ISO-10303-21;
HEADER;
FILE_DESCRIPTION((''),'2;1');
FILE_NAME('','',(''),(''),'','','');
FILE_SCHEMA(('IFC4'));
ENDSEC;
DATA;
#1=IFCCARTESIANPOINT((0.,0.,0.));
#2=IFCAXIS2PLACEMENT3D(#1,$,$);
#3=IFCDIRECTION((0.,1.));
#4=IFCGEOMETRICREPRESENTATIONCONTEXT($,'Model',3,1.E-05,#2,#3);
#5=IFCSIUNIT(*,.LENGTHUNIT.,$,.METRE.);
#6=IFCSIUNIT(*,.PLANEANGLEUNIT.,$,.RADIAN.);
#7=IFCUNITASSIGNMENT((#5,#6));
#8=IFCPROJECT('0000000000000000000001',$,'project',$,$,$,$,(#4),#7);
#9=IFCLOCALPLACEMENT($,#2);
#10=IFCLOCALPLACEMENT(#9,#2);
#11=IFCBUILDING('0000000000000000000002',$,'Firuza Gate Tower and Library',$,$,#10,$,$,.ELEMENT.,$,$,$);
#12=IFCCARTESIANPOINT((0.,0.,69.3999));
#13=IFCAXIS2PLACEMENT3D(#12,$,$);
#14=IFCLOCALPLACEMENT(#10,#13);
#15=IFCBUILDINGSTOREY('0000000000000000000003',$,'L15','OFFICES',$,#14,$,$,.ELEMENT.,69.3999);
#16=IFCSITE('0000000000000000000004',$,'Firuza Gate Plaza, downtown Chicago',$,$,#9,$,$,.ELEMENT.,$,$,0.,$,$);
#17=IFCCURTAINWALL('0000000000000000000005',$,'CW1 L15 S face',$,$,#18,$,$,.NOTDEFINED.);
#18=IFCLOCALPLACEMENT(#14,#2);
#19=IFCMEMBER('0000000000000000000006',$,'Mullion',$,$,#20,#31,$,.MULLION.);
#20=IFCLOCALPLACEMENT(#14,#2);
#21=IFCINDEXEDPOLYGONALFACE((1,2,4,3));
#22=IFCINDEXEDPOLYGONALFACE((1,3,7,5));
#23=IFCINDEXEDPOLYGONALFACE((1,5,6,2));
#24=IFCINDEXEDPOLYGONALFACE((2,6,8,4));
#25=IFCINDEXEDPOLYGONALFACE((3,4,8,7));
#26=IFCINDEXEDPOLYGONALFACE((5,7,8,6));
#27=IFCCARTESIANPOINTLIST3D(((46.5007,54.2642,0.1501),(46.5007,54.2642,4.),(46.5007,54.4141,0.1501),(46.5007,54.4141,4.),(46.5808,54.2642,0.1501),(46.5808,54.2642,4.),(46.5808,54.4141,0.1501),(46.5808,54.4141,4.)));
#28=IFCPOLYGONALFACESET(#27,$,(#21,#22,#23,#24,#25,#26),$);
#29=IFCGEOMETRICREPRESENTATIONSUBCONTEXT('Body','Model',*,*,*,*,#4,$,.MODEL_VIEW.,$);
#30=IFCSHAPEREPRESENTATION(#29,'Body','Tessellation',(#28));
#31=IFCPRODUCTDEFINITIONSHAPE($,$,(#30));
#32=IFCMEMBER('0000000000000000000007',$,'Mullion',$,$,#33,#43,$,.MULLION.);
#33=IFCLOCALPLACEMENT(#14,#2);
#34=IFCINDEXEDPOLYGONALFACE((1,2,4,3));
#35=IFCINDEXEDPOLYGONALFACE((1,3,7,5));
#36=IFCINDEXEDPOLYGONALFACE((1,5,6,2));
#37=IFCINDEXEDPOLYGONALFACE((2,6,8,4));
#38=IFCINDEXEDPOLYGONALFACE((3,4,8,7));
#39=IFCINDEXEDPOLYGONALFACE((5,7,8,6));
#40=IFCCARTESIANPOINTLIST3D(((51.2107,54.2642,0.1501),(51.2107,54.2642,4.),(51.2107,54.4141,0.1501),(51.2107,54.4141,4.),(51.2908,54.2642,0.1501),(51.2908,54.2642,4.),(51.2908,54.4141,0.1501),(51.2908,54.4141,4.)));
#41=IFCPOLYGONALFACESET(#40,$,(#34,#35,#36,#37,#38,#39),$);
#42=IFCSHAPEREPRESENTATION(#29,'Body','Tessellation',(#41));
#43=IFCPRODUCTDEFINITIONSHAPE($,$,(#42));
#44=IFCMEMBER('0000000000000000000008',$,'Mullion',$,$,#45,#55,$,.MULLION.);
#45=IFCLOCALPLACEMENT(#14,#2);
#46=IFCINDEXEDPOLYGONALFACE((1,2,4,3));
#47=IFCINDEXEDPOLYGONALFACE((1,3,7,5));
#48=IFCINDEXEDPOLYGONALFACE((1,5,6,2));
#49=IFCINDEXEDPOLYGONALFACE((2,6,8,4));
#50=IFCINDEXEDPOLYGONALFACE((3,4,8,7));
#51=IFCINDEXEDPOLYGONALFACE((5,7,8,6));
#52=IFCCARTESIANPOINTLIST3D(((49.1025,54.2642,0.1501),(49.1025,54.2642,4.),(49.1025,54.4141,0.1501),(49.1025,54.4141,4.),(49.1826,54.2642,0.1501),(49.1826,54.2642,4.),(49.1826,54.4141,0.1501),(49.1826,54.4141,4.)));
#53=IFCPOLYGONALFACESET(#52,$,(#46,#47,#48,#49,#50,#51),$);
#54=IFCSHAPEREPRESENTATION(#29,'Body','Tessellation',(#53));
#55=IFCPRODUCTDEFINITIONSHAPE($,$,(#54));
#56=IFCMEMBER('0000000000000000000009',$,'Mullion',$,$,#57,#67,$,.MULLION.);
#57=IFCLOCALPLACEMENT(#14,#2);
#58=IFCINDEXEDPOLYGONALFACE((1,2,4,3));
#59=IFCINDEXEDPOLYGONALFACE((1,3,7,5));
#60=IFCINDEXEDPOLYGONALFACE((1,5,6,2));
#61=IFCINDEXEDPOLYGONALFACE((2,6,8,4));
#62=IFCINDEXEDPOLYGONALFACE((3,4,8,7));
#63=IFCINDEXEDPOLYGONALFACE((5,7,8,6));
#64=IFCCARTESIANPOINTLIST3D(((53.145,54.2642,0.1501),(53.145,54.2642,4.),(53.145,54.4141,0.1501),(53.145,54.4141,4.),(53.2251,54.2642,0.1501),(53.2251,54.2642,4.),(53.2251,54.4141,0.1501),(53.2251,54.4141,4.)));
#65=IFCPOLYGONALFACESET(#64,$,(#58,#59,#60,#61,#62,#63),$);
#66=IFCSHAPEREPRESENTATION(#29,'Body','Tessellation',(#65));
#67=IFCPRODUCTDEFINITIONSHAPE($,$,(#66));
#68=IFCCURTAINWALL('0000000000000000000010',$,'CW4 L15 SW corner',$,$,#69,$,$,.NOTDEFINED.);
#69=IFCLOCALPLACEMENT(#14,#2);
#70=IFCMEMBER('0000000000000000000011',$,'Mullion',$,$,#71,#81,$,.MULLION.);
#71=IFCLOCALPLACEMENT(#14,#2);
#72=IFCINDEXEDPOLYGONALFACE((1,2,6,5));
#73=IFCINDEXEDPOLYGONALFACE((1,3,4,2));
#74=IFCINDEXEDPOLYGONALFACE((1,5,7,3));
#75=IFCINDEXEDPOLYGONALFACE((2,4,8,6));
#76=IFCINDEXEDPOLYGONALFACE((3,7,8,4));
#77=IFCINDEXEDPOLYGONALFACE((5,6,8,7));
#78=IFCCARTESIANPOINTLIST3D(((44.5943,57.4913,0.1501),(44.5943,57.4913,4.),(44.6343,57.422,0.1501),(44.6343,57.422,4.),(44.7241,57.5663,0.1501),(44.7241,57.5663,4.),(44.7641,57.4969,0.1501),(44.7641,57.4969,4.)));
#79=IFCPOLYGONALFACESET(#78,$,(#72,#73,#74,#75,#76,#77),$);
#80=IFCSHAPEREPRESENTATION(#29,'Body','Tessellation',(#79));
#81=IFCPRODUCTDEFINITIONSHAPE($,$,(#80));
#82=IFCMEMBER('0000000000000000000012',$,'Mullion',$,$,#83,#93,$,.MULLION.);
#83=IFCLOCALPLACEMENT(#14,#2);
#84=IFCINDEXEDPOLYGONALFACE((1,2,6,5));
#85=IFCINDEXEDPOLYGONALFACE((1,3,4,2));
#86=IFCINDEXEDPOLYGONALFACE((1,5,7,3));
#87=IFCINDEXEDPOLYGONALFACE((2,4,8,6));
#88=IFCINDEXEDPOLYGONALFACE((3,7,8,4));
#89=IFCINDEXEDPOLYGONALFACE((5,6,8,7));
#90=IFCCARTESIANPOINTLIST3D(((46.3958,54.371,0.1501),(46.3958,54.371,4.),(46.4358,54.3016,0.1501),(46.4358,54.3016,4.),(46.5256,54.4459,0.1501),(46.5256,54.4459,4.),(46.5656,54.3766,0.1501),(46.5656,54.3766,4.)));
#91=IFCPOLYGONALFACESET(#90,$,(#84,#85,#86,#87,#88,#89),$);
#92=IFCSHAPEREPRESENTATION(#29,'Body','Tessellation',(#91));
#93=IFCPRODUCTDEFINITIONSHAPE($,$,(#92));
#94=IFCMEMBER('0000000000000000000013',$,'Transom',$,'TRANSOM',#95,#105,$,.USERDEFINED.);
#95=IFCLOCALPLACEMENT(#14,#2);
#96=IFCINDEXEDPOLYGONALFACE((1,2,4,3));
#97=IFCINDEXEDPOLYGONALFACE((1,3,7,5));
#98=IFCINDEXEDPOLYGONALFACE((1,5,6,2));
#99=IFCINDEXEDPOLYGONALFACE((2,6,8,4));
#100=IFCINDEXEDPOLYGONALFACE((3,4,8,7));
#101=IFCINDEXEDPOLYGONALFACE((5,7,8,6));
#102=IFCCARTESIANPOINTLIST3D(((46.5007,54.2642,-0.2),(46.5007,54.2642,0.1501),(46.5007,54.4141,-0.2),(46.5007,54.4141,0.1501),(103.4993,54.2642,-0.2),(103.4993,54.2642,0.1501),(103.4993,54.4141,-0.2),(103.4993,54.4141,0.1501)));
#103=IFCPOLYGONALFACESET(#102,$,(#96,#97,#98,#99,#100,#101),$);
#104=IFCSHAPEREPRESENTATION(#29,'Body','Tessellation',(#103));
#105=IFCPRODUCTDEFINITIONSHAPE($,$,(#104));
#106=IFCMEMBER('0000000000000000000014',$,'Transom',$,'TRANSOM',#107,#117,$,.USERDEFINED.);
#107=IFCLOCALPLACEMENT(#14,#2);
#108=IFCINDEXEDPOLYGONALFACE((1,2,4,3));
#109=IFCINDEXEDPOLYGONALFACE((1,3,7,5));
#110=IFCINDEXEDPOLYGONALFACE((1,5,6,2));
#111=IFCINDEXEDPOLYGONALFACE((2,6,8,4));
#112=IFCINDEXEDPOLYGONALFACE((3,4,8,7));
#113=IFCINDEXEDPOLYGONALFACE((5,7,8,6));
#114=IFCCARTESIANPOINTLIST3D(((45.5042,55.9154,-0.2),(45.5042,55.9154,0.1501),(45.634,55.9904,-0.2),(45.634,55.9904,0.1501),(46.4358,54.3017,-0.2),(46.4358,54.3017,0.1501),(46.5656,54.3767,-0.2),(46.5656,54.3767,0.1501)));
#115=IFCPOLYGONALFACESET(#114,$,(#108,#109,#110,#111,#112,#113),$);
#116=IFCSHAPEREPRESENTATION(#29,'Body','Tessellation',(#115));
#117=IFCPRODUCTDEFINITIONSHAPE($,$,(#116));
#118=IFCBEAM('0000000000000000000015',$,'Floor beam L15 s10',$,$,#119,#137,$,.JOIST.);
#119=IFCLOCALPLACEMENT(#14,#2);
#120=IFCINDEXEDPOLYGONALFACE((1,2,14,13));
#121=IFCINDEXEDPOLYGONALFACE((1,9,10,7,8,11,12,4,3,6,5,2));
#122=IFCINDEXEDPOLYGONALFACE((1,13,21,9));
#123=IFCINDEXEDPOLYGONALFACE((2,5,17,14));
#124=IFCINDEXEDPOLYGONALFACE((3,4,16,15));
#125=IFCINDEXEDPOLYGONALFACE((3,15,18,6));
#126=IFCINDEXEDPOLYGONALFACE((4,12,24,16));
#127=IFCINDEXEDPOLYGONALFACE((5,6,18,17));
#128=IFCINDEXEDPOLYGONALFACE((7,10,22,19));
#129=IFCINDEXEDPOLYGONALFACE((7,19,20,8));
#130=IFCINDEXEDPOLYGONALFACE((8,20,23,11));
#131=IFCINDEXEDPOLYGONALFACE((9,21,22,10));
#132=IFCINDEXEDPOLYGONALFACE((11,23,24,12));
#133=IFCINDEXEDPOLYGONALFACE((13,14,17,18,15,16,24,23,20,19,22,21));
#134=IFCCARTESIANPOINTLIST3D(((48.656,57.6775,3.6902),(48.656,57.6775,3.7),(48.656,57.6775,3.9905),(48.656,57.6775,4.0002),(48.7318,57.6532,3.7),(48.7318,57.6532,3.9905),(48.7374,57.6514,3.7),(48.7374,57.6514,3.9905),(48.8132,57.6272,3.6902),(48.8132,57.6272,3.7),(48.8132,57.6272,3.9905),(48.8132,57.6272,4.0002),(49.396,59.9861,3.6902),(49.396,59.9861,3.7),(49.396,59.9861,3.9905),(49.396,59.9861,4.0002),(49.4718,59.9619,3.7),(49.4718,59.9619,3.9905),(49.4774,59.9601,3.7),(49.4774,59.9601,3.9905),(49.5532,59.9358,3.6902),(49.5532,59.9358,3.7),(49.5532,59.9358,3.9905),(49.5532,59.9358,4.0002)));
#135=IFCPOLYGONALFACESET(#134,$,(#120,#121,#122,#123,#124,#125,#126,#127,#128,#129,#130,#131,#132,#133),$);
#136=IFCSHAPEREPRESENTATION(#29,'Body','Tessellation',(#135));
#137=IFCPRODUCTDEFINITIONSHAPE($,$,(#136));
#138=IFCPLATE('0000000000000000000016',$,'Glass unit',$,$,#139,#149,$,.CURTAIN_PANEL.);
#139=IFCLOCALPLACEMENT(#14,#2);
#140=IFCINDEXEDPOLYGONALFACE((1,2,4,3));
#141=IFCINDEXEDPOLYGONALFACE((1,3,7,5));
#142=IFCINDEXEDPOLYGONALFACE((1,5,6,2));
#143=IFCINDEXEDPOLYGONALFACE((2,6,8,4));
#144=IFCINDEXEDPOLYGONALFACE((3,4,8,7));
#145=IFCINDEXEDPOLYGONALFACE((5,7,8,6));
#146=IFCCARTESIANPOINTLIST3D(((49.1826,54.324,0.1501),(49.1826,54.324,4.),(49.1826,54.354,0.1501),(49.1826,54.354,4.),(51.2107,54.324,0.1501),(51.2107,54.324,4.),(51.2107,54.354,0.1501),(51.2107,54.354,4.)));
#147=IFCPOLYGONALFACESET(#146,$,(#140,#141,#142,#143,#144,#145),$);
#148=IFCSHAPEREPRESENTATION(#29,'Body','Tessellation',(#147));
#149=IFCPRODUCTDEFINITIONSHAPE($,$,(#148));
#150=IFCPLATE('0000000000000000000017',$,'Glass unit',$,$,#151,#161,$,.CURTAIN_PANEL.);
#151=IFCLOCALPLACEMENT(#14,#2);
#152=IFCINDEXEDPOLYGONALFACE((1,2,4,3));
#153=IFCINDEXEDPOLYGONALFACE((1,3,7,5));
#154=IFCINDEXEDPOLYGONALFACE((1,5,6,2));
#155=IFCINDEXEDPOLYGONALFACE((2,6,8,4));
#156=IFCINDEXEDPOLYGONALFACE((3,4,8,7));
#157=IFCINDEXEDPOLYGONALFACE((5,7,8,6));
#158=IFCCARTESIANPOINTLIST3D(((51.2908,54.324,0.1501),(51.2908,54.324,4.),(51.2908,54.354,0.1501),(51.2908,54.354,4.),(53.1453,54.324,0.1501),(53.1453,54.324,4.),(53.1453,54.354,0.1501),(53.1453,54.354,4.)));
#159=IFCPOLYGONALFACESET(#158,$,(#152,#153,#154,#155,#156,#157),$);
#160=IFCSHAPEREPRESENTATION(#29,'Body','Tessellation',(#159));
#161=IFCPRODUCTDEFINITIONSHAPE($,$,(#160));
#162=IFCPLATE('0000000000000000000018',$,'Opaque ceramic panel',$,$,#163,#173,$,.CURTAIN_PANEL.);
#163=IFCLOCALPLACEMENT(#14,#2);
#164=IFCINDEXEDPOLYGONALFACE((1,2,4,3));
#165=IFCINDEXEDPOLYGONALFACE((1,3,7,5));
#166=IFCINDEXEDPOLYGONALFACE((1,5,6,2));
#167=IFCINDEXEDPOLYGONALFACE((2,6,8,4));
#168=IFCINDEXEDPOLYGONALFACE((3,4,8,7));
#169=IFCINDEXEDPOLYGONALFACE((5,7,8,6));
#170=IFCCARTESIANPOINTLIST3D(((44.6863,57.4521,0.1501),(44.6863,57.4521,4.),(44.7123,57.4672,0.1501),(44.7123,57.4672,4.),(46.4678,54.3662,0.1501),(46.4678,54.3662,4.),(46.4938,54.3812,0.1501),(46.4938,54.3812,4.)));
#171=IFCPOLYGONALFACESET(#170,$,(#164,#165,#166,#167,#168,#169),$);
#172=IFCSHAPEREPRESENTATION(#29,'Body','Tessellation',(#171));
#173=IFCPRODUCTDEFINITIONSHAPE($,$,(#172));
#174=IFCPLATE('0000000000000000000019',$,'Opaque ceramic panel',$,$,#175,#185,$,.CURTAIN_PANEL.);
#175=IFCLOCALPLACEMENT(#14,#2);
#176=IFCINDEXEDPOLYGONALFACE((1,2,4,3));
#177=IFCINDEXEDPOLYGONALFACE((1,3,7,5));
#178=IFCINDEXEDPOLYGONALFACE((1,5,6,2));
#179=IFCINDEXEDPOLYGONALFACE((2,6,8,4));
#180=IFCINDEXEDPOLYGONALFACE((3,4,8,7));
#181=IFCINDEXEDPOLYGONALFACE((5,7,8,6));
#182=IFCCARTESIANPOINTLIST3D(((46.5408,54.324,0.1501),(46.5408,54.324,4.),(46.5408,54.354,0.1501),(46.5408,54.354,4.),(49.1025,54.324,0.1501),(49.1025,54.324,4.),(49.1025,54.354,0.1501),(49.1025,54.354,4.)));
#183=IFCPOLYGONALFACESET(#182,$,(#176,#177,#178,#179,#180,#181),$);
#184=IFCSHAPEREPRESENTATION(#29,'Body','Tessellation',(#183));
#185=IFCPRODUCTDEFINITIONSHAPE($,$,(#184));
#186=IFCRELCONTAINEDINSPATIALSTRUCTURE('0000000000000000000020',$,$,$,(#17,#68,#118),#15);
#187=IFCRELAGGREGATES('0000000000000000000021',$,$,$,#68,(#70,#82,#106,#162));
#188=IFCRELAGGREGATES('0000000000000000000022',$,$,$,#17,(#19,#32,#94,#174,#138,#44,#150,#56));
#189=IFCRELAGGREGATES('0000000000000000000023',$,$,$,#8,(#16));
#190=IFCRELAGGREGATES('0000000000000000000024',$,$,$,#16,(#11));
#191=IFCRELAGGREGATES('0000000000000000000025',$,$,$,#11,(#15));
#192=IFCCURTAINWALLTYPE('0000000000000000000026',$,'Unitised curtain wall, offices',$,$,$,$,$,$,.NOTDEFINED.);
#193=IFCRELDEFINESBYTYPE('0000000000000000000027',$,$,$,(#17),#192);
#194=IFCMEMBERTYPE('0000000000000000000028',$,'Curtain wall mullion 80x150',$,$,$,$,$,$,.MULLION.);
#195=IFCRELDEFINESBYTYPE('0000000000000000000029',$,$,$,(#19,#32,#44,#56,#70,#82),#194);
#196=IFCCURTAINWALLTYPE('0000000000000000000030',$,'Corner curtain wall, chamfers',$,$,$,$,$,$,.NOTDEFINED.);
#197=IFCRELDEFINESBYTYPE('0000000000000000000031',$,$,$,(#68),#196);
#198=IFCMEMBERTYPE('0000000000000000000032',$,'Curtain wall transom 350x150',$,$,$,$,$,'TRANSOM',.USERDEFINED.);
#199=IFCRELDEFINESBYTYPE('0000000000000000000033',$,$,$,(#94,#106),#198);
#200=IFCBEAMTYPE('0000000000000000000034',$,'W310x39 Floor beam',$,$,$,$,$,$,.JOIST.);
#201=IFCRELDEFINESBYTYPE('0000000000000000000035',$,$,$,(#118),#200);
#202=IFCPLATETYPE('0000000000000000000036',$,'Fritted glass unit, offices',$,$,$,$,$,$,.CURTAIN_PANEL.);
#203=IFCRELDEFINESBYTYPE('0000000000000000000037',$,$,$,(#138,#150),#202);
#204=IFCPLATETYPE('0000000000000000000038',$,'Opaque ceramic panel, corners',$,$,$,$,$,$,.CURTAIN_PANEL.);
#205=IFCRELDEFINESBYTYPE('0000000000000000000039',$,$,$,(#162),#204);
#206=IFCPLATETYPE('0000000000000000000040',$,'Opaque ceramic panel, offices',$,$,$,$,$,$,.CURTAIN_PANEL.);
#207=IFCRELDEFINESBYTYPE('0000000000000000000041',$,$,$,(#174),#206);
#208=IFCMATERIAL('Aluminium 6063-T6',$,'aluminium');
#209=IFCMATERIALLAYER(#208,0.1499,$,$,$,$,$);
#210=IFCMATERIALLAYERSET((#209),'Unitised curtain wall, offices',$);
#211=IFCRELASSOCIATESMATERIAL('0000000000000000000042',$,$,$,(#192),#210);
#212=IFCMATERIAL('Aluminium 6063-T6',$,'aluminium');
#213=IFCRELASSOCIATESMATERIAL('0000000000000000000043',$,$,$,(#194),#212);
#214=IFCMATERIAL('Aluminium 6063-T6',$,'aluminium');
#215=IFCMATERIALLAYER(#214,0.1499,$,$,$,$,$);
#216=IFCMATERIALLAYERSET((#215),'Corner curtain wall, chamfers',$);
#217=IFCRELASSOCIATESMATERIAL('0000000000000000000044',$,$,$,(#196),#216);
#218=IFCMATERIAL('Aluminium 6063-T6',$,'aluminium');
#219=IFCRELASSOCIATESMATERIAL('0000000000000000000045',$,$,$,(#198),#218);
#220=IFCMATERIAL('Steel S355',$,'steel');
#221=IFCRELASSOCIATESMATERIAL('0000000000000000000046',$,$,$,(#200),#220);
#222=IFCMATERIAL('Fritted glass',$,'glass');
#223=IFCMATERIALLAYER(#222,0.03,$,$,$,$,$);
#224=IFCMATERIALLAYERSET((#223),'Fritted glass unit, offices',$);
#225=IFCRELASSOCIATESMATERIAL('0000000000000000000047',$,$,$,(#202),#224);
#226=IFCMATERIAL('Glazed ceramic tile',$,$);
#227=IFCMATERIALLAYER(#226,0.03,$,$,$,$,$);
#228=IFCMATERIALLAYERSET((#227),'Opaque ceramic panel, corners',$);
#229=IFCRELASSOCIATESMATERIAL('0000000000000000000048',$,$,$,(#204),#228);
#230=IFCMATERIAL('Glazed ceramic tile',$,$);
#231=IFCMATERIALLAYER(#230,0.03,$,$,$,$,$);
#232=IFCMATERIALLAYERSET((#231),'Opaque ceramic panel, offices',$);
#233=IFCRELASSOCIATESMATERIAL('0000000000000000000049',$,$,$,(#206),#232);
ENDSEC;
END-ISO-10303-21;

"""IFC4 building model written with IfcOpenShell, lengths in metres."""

from ifc_helpers import new_model, si_unit, direction, frame, origin, origin_2d, place, context, subcontext, project, spatial, polyline, rectangle, i_section, outline, extrude, material, layer, layer_set, material_profile, profile_set, type_object, element, aggregate, save


model = new_model("IFC4")

# Units and contexts
model_context = context("Model", 3, precision=1e-05, world=origin(), true_north=direction((0.0, 1.0)))
body_context = subcontext(model_context, "Body", "Model", "MODEL_VIEW")
ifc_project = project(units=[si_unit("LENGTHUNIT", "METRE"), si_unit("PLANEANGLEUNIT", "RADIAN")], contexts=[model_context])

# Site, building, storey
site_placement = place(None, origin())
site = spatial("IfcSite", under=ifc_project, at=site_placement, Name="Firuza Gate Plaza, downtown Chicago", CompositionType="ELEMENT", RefElevation=0.0)
building_placement = place(site_placement, origin())
building = spatial("IfcBuilding", under=site, at=building_placement, Name="Firuza Gate Tower and Library", CompositionType="ELEMENT")
storey_placement = place(building_placement, frame((0.0, 0.0, 69.3999)))
storey = spatial("IfcBuildingStorey", under=building, at=storey_placement, Name="L15", Description="OFFICES", CompositionType="ELEMENT", Elevation=69.3999)

# Curtain walls, members
ifc_material_1 = material(Name="Aluminium 6063-T6", Category="aluminium")
ifc_layer_1 = layer(ifc_material_1, 0.1499)
ifc_layer_set_1 = layer_set([ifc_layer_1], Name="Unitised curtain wall, offices")
curtain_wall_type_1 = type_object("IfcCurtainWallType", Name="Unitised curtain wall, offices", PredefinedType="NOTDEFINED", material=ifc_layer_set_1)
placement_1 = place(storey_placement, origin())
curtain_wall_1 = element("IfcCurtainWall", 1, at=placement_1, inside=storey, type_object=curtain_wall_type_1, Name="CW1 L15 S face", PredefinedType="NOTDEFINED")
ifc_material_2 = material(Name="Aluminium 6063-T6", Category="aluminium")
ifc_material_profile_1 = material_profile(ifc_material_2, rectangle(XDim=0.1499, YDim=0.0801, at=origin_2d()))
ifc_profile_set_1 = profile_set([ifc_material_profile_1], Name="Aluminium 6063-T6")
member_type_1 = type_object("IfcMemberType", Name="Curtain wall mullion 80x150", PredefinedType="MULLION", material=ifc_profile_set_1)
member_1_placement = place(storey_placement, frame((46.5408, 54.3391, 0.1501), z_axis=(0.0, 0.0, 1.0), x_axis=(0.0, 1.0, 0.0)))
member_1 = element("IfcMember", 2, at=member_1_placement, type_object=member_type_1, Name="Mullion", PredefinedType="MULLION", context=body_context, shape_type="SweptSolid", body=[
    extrude(rectangle(XDim=0.1499, YDim=0.0801, at=origin_2d()), origin(), (0.0, 0.0, 1.0), 3.8499),
])
member_2_placement = place(storey_placement, frame((51.2507, 54.3391, 0.1501), z_axis=(0.0, 0.0, 1.0), x_axis=(0.0, 1.0, 0.0)))
member_2 = element("IfcMember", 3, at=member_2_placement, type_object=member_type_1, Name="Mullion", PredefinedType="MULLION", context=body_context, shape_type="SweptSolid", body=[
    extrude(rectangle(XDim=0.1499, YDim=0.0801, at=origin_2d()), origin(), (0.0, 0.0, 1.0), 3.8499),
])
member_3_placement = place(storey_placement, frame((49.1426, 54.3391, 0.1501), z_axis=(0.0, 0.0, 1.0), x_axis=(0.0, 1.0, 0.0)))
member_3 = element("IfcMember", 4, at=member_3_placement, type_object=member_type_1, Name="Mullion", PredefinedType="MULLION", context=body_context, shape_type="SweptSolid", body=[
    extrude(rectangle(XDim=0.1499, YDim=0.0801, at=origin_2d()), origin(), (0.0, 0.0, 1.0), 3.8499),
])
member_4_placement = place(storey_placement, frame((53.1851, 54.3391, 0.1501), z_axis=(0.0, 0.0, 1.0), x_axis=(0.0, 1.0, 0.0)))
member_4 = element("IfcMember", 5, at=member_4_placement, type_object=member_type_1, Name="Mullion", PredefinedType="MULLION", context=body_context, shape_type="SweptSolid", body=[
    extrude(rectangle(XDim=0.1499, YDim=0.0801, at=origin_2d()), origin(), (0.0, 0.0, 1.0), 3.8499),
])
ifc_material_3 = material(Name="Aluminium 6063-T6", Category="aluminium")
ifc_layer_2 = layer(ifc_material_3, 0.1499)
ifc_layer_set_2 = layer_set([ifc_layer_2], Name="Corner curtain wall, chamfers")
curtain_wall_type_2 = type_object("IfcCurtainWallType", Name="Corner curtain wall, chamfers", PredefinedType="NOTDEFINED", material=ifc_layer_set_2)
curtain_wall_2 = element("IfcCurtainWall", 6, at=placement_1, inside=storey, type_object=curtain_wall_type_2, Name="CW4 L15 SW corner", PredefinedType="NOTDEFINED")
member_5_placement = place(storey_placement, frame((44.6792, 57.4941, 0.1501), z_axis=(0.0, 0.0, 1.0), x_axis=(0.866025, 0.5, 0.0)))
member_5 = element("IfcMember", 7, at=member_5_placement, type_object=member_type_1, Name="Mullion", PredefinedType="MULLION", context=body_context, shape_type="SweptSolid", body=[
    extrude(rectangle(XDim=0.1499, YDim=0.0801, at=origin_2d()), origin(), (0.0, 0.0, 1.0), 3.8499),
])
member_6_placement = place(storey_placement, frame((46.4807, 54.3738, 0.1501), z_axis=(0.0, 0.0, 1.0), x_axis=(0.866025, 0.5, 0.0)))
member_6 = element("IfcMember", 8, at=member_6_placement, type_object=member_type_1, Name="Mullion", PredefinedType="MULLION", context=body_context, shape_type="SweptSolid", body=[
    extrude(rectangle(XDim=0.1499, YDim=0.0801, at=origin_2d()), origin(), (0.0, 0.0, 1.0), 3.8499),
])

# Members
ifc_material_4 = material(Name="Aluminium 6063-T6", Category="aluminium")
ifc_material_profile_2 = material_profile(ifc_material_4, rectangle(XDim=0.1499, YDim=0.3501, at=origin_2d()))
ifc_profile_set_2 = profile_set([ifc_material_profile_2], Name="Aluminium 6063-T6")
member_type_2 = type_object("IfcMemberType", Name="Curtain wall transom 350x150", ElementType="TRANSOM", PredefinedType="USERDEFINED", material=ifc_profile_set_2)
member_7_placement = place(storey_placement, frame((46.5007, 54.3391, -0.0249), z_axis=(1.0, 0.0, 0.0), x_axis=(0.0, 1.0, 0.0)))
member_7 = element("IfcMember", 9, at=member_7_placement, type_object=member_type_2, Name="Transom", ObjectType="TRANSOM", PredefinedType="USERDEFINED", context=body_context, shape_type="SweptSolid", body=[
    extrude(rectangle(XDim=0.1499, YDim=0.3501, at=origin_2d()), origin(), (0.0, 0.0, 1.0), 56.9985),
])
member_8_placement = place(storey_placement, frame((45.5691, 55.9529, -0.0249), z_axis=(0.499972, -0.866042, 0.0), x_axis=(0.866042, 0.499972, 0.0)))
member_8 = element("IfcMember", 10, at=member_8_placement, type_object=member_type_2, Name="Transom", ObjectType="TRANSOM", PredefinedType="USERDEFINED", context=body_context, shape_type="SweptSolid", body=[
    extrude(rectangle(XDim=0.1499, YDim=0.3501, at=origin_2d()), origin(), (0.0, 0.0, 1.0), 1.8633),
])

# Beam
ifc_material_5 = material(Name="Steel S355", Category="steel")
ifc_material_profile_3 = material_profile(ifc_material_5, i_section(OverallWidth=0.165, OverallDepth=0.3101, WebThickness=0.0059, FlangeThickness=0.0098, at=origin_2d()))
ifc_profile_set_3 = profile_set([ifc_material_profile_3], Name="Steel S355")
beam_type = type_object("IfcBeamType", Name="W310x39 Floor beam", PredefinedType="JOIST", material=ifc_profile_set_3)
beam_placement = place(storey_placement, frame((48.7346, 57.6523, 3.8452), z_axis=(0.30524, 0.952276, 0.0), x_axis=(-0.952276, 0.30524, 0.0)))
element("IfcBeam", 11, at=beam_placement, inside=storey, type_object=beam_type, Name="Floor beam L15 s10", PredefinedType="JOIST", context=body_context, shape_type="SweptSolid", body=[
    extrude(i_section(OverallWidth=0.165, OverallDepth=0.3101, WebThickness=0.0059, FlangeThickness=0.0098, at=origin_2d()), origin(), (0.0, 0.0, 1.0), 2.4243),
])

# Plates
ifc_material_6 = material(Name="Fritted glass", Category="glass")
ifc_layer_3 = layer(ifc_material_6, 0.03)
ifc_layer_set_3 = layer_set([ifc_layer_3], Name="Fritted glass unit, offices")
plate_type_1 = type_object("IfcPlateType", Name="Fritted glass unit, offices", PredefinedType="CURTAIN_PANEL", material=ifc_layer_set_3)
plate_1_placement = place(storey_placement, frame((49.1826, 54.324, 0.1501), z_axis=(0.0, -1.0, 0.0), x_axis=(1.0, 0.0, 0.0)))
plate_1 = element("IfcPlate", 12, at=plate_1_placement, type_object=plate_type_1, Name="Glass unit", PredefinedType="CURTAIN_PANEL", context=body_context, shape_type="SweptSolid", body=[
    extrude(outline(polyline([(0.0, 0.0), (2.0281, 0.0), (2.0281, 3.8499), (0.0, 3.8499), (0.0, 0.0)])), origin(), (0.0, 0.0, -1.0), 0.03),
])
plate_2_placement = place(storey_placement, frame((51.2908, 54.324, 0.1501), z_axis=(0.0, -1.0, 0.0), x_axis=(1.0, 0.0, 0.0)))
plate_2 = element("IfcPlate", 13, at=plate_2_placement, type_object=plate_type_1, Name="Glass unit", PredefinedType="CURTAIN_PANEL", context=body_context, shape_type="SweptSolid", body=[
    extrude(outline(polyline([(0.0, 0.0), (1.8545, 0.0), (1.8545, 3.8499), (0.0, 3.8499), (0.0, 0.0)])), origin(), (0.0, 0.0, -1.0), 0.03),
])
ifc_material_7 = material(Name="Glazed ceramic tile")
ifc_layer_4 = layer(ifc_material_7, 0.03)
ifc_layer_set_4 = layer_set([ifc_layer_4], Name="Opaque ceramic panel, corners")
plate_type_2 = type_object("IfcPlateType", Name="Opaque ceramic panel, corners", PredefinedType="CURTAIN_PANEL", material=ifc_layer_set_4)
plate_3_placement = place(storey_placement, frame((44.6863, 57.4521, 0.1501), z_axis=(-0.866046, -0.499964, 0.0), x_axis=(0.499964, -0.866046, 0.0)))
plate_3 = element("IfcPlate", 14, at=plate_3_placement, type_object=plate_type_2, Name="Opaque ceramic panel", PredefinedType="CURTAIN_PANEL", context=body_context, shape_type="SweptSolid", body=[
    extrude(outline(polyline([(0.0, 0.0), (3.5632, 0.0), (3.5632, 3.8499), (0.0, 3.8499), (0.0, 0.0)])), origin(), (0.0, 0.0, -1.0), 0.03),
])
aggregate(curtain_wall_2, [member_5, member_6, member_8, plate_3])
ifc_material_8 = material(Name="Glazed ceramic tile")
ifc_layer_5 = layer(ifc_material_8, 0.03)
ifc_layer_set_5 = layer_set([ifc_layer_5], Name="Opaque ceramic panel, offices")
plate_type_3 = type_object("IfcPlateType", Name="Opaque ceramic panel, offices", PredefinedType="CURTAIN_PANEL", material=ifc_layer_set_5)
plate_4_placement = place(storey_placement, frame((46.5408, 54.324, 0.1501), z_axis=(0.0, -1.0, 0.0), x_axis=(1.0, 0.0, 0.0)))
plate_4 = element("IfcPlate", 15, at=plate_4_placement, type_object=plate_type_3, Name="Opaque ceramic panel", PredefinedType="CURTAIN_PANEL", context=body_context, shape_type="SweptSolid", body=[
    extrude(outline(polyline([(0.0, 0.0), (2.5618, 0.0), (2.5618, 3.8499), (0.0, 3.8499), (0.0, 0.0)])), origin(), (0.0, 0.0, -1.0), 0.03),
])
aggregate(curtain_wall_1, [member_1, member_2, member_7, plate_4, plate_1, member_3, plate_2, member_4])

save(model, "model.ifc")
